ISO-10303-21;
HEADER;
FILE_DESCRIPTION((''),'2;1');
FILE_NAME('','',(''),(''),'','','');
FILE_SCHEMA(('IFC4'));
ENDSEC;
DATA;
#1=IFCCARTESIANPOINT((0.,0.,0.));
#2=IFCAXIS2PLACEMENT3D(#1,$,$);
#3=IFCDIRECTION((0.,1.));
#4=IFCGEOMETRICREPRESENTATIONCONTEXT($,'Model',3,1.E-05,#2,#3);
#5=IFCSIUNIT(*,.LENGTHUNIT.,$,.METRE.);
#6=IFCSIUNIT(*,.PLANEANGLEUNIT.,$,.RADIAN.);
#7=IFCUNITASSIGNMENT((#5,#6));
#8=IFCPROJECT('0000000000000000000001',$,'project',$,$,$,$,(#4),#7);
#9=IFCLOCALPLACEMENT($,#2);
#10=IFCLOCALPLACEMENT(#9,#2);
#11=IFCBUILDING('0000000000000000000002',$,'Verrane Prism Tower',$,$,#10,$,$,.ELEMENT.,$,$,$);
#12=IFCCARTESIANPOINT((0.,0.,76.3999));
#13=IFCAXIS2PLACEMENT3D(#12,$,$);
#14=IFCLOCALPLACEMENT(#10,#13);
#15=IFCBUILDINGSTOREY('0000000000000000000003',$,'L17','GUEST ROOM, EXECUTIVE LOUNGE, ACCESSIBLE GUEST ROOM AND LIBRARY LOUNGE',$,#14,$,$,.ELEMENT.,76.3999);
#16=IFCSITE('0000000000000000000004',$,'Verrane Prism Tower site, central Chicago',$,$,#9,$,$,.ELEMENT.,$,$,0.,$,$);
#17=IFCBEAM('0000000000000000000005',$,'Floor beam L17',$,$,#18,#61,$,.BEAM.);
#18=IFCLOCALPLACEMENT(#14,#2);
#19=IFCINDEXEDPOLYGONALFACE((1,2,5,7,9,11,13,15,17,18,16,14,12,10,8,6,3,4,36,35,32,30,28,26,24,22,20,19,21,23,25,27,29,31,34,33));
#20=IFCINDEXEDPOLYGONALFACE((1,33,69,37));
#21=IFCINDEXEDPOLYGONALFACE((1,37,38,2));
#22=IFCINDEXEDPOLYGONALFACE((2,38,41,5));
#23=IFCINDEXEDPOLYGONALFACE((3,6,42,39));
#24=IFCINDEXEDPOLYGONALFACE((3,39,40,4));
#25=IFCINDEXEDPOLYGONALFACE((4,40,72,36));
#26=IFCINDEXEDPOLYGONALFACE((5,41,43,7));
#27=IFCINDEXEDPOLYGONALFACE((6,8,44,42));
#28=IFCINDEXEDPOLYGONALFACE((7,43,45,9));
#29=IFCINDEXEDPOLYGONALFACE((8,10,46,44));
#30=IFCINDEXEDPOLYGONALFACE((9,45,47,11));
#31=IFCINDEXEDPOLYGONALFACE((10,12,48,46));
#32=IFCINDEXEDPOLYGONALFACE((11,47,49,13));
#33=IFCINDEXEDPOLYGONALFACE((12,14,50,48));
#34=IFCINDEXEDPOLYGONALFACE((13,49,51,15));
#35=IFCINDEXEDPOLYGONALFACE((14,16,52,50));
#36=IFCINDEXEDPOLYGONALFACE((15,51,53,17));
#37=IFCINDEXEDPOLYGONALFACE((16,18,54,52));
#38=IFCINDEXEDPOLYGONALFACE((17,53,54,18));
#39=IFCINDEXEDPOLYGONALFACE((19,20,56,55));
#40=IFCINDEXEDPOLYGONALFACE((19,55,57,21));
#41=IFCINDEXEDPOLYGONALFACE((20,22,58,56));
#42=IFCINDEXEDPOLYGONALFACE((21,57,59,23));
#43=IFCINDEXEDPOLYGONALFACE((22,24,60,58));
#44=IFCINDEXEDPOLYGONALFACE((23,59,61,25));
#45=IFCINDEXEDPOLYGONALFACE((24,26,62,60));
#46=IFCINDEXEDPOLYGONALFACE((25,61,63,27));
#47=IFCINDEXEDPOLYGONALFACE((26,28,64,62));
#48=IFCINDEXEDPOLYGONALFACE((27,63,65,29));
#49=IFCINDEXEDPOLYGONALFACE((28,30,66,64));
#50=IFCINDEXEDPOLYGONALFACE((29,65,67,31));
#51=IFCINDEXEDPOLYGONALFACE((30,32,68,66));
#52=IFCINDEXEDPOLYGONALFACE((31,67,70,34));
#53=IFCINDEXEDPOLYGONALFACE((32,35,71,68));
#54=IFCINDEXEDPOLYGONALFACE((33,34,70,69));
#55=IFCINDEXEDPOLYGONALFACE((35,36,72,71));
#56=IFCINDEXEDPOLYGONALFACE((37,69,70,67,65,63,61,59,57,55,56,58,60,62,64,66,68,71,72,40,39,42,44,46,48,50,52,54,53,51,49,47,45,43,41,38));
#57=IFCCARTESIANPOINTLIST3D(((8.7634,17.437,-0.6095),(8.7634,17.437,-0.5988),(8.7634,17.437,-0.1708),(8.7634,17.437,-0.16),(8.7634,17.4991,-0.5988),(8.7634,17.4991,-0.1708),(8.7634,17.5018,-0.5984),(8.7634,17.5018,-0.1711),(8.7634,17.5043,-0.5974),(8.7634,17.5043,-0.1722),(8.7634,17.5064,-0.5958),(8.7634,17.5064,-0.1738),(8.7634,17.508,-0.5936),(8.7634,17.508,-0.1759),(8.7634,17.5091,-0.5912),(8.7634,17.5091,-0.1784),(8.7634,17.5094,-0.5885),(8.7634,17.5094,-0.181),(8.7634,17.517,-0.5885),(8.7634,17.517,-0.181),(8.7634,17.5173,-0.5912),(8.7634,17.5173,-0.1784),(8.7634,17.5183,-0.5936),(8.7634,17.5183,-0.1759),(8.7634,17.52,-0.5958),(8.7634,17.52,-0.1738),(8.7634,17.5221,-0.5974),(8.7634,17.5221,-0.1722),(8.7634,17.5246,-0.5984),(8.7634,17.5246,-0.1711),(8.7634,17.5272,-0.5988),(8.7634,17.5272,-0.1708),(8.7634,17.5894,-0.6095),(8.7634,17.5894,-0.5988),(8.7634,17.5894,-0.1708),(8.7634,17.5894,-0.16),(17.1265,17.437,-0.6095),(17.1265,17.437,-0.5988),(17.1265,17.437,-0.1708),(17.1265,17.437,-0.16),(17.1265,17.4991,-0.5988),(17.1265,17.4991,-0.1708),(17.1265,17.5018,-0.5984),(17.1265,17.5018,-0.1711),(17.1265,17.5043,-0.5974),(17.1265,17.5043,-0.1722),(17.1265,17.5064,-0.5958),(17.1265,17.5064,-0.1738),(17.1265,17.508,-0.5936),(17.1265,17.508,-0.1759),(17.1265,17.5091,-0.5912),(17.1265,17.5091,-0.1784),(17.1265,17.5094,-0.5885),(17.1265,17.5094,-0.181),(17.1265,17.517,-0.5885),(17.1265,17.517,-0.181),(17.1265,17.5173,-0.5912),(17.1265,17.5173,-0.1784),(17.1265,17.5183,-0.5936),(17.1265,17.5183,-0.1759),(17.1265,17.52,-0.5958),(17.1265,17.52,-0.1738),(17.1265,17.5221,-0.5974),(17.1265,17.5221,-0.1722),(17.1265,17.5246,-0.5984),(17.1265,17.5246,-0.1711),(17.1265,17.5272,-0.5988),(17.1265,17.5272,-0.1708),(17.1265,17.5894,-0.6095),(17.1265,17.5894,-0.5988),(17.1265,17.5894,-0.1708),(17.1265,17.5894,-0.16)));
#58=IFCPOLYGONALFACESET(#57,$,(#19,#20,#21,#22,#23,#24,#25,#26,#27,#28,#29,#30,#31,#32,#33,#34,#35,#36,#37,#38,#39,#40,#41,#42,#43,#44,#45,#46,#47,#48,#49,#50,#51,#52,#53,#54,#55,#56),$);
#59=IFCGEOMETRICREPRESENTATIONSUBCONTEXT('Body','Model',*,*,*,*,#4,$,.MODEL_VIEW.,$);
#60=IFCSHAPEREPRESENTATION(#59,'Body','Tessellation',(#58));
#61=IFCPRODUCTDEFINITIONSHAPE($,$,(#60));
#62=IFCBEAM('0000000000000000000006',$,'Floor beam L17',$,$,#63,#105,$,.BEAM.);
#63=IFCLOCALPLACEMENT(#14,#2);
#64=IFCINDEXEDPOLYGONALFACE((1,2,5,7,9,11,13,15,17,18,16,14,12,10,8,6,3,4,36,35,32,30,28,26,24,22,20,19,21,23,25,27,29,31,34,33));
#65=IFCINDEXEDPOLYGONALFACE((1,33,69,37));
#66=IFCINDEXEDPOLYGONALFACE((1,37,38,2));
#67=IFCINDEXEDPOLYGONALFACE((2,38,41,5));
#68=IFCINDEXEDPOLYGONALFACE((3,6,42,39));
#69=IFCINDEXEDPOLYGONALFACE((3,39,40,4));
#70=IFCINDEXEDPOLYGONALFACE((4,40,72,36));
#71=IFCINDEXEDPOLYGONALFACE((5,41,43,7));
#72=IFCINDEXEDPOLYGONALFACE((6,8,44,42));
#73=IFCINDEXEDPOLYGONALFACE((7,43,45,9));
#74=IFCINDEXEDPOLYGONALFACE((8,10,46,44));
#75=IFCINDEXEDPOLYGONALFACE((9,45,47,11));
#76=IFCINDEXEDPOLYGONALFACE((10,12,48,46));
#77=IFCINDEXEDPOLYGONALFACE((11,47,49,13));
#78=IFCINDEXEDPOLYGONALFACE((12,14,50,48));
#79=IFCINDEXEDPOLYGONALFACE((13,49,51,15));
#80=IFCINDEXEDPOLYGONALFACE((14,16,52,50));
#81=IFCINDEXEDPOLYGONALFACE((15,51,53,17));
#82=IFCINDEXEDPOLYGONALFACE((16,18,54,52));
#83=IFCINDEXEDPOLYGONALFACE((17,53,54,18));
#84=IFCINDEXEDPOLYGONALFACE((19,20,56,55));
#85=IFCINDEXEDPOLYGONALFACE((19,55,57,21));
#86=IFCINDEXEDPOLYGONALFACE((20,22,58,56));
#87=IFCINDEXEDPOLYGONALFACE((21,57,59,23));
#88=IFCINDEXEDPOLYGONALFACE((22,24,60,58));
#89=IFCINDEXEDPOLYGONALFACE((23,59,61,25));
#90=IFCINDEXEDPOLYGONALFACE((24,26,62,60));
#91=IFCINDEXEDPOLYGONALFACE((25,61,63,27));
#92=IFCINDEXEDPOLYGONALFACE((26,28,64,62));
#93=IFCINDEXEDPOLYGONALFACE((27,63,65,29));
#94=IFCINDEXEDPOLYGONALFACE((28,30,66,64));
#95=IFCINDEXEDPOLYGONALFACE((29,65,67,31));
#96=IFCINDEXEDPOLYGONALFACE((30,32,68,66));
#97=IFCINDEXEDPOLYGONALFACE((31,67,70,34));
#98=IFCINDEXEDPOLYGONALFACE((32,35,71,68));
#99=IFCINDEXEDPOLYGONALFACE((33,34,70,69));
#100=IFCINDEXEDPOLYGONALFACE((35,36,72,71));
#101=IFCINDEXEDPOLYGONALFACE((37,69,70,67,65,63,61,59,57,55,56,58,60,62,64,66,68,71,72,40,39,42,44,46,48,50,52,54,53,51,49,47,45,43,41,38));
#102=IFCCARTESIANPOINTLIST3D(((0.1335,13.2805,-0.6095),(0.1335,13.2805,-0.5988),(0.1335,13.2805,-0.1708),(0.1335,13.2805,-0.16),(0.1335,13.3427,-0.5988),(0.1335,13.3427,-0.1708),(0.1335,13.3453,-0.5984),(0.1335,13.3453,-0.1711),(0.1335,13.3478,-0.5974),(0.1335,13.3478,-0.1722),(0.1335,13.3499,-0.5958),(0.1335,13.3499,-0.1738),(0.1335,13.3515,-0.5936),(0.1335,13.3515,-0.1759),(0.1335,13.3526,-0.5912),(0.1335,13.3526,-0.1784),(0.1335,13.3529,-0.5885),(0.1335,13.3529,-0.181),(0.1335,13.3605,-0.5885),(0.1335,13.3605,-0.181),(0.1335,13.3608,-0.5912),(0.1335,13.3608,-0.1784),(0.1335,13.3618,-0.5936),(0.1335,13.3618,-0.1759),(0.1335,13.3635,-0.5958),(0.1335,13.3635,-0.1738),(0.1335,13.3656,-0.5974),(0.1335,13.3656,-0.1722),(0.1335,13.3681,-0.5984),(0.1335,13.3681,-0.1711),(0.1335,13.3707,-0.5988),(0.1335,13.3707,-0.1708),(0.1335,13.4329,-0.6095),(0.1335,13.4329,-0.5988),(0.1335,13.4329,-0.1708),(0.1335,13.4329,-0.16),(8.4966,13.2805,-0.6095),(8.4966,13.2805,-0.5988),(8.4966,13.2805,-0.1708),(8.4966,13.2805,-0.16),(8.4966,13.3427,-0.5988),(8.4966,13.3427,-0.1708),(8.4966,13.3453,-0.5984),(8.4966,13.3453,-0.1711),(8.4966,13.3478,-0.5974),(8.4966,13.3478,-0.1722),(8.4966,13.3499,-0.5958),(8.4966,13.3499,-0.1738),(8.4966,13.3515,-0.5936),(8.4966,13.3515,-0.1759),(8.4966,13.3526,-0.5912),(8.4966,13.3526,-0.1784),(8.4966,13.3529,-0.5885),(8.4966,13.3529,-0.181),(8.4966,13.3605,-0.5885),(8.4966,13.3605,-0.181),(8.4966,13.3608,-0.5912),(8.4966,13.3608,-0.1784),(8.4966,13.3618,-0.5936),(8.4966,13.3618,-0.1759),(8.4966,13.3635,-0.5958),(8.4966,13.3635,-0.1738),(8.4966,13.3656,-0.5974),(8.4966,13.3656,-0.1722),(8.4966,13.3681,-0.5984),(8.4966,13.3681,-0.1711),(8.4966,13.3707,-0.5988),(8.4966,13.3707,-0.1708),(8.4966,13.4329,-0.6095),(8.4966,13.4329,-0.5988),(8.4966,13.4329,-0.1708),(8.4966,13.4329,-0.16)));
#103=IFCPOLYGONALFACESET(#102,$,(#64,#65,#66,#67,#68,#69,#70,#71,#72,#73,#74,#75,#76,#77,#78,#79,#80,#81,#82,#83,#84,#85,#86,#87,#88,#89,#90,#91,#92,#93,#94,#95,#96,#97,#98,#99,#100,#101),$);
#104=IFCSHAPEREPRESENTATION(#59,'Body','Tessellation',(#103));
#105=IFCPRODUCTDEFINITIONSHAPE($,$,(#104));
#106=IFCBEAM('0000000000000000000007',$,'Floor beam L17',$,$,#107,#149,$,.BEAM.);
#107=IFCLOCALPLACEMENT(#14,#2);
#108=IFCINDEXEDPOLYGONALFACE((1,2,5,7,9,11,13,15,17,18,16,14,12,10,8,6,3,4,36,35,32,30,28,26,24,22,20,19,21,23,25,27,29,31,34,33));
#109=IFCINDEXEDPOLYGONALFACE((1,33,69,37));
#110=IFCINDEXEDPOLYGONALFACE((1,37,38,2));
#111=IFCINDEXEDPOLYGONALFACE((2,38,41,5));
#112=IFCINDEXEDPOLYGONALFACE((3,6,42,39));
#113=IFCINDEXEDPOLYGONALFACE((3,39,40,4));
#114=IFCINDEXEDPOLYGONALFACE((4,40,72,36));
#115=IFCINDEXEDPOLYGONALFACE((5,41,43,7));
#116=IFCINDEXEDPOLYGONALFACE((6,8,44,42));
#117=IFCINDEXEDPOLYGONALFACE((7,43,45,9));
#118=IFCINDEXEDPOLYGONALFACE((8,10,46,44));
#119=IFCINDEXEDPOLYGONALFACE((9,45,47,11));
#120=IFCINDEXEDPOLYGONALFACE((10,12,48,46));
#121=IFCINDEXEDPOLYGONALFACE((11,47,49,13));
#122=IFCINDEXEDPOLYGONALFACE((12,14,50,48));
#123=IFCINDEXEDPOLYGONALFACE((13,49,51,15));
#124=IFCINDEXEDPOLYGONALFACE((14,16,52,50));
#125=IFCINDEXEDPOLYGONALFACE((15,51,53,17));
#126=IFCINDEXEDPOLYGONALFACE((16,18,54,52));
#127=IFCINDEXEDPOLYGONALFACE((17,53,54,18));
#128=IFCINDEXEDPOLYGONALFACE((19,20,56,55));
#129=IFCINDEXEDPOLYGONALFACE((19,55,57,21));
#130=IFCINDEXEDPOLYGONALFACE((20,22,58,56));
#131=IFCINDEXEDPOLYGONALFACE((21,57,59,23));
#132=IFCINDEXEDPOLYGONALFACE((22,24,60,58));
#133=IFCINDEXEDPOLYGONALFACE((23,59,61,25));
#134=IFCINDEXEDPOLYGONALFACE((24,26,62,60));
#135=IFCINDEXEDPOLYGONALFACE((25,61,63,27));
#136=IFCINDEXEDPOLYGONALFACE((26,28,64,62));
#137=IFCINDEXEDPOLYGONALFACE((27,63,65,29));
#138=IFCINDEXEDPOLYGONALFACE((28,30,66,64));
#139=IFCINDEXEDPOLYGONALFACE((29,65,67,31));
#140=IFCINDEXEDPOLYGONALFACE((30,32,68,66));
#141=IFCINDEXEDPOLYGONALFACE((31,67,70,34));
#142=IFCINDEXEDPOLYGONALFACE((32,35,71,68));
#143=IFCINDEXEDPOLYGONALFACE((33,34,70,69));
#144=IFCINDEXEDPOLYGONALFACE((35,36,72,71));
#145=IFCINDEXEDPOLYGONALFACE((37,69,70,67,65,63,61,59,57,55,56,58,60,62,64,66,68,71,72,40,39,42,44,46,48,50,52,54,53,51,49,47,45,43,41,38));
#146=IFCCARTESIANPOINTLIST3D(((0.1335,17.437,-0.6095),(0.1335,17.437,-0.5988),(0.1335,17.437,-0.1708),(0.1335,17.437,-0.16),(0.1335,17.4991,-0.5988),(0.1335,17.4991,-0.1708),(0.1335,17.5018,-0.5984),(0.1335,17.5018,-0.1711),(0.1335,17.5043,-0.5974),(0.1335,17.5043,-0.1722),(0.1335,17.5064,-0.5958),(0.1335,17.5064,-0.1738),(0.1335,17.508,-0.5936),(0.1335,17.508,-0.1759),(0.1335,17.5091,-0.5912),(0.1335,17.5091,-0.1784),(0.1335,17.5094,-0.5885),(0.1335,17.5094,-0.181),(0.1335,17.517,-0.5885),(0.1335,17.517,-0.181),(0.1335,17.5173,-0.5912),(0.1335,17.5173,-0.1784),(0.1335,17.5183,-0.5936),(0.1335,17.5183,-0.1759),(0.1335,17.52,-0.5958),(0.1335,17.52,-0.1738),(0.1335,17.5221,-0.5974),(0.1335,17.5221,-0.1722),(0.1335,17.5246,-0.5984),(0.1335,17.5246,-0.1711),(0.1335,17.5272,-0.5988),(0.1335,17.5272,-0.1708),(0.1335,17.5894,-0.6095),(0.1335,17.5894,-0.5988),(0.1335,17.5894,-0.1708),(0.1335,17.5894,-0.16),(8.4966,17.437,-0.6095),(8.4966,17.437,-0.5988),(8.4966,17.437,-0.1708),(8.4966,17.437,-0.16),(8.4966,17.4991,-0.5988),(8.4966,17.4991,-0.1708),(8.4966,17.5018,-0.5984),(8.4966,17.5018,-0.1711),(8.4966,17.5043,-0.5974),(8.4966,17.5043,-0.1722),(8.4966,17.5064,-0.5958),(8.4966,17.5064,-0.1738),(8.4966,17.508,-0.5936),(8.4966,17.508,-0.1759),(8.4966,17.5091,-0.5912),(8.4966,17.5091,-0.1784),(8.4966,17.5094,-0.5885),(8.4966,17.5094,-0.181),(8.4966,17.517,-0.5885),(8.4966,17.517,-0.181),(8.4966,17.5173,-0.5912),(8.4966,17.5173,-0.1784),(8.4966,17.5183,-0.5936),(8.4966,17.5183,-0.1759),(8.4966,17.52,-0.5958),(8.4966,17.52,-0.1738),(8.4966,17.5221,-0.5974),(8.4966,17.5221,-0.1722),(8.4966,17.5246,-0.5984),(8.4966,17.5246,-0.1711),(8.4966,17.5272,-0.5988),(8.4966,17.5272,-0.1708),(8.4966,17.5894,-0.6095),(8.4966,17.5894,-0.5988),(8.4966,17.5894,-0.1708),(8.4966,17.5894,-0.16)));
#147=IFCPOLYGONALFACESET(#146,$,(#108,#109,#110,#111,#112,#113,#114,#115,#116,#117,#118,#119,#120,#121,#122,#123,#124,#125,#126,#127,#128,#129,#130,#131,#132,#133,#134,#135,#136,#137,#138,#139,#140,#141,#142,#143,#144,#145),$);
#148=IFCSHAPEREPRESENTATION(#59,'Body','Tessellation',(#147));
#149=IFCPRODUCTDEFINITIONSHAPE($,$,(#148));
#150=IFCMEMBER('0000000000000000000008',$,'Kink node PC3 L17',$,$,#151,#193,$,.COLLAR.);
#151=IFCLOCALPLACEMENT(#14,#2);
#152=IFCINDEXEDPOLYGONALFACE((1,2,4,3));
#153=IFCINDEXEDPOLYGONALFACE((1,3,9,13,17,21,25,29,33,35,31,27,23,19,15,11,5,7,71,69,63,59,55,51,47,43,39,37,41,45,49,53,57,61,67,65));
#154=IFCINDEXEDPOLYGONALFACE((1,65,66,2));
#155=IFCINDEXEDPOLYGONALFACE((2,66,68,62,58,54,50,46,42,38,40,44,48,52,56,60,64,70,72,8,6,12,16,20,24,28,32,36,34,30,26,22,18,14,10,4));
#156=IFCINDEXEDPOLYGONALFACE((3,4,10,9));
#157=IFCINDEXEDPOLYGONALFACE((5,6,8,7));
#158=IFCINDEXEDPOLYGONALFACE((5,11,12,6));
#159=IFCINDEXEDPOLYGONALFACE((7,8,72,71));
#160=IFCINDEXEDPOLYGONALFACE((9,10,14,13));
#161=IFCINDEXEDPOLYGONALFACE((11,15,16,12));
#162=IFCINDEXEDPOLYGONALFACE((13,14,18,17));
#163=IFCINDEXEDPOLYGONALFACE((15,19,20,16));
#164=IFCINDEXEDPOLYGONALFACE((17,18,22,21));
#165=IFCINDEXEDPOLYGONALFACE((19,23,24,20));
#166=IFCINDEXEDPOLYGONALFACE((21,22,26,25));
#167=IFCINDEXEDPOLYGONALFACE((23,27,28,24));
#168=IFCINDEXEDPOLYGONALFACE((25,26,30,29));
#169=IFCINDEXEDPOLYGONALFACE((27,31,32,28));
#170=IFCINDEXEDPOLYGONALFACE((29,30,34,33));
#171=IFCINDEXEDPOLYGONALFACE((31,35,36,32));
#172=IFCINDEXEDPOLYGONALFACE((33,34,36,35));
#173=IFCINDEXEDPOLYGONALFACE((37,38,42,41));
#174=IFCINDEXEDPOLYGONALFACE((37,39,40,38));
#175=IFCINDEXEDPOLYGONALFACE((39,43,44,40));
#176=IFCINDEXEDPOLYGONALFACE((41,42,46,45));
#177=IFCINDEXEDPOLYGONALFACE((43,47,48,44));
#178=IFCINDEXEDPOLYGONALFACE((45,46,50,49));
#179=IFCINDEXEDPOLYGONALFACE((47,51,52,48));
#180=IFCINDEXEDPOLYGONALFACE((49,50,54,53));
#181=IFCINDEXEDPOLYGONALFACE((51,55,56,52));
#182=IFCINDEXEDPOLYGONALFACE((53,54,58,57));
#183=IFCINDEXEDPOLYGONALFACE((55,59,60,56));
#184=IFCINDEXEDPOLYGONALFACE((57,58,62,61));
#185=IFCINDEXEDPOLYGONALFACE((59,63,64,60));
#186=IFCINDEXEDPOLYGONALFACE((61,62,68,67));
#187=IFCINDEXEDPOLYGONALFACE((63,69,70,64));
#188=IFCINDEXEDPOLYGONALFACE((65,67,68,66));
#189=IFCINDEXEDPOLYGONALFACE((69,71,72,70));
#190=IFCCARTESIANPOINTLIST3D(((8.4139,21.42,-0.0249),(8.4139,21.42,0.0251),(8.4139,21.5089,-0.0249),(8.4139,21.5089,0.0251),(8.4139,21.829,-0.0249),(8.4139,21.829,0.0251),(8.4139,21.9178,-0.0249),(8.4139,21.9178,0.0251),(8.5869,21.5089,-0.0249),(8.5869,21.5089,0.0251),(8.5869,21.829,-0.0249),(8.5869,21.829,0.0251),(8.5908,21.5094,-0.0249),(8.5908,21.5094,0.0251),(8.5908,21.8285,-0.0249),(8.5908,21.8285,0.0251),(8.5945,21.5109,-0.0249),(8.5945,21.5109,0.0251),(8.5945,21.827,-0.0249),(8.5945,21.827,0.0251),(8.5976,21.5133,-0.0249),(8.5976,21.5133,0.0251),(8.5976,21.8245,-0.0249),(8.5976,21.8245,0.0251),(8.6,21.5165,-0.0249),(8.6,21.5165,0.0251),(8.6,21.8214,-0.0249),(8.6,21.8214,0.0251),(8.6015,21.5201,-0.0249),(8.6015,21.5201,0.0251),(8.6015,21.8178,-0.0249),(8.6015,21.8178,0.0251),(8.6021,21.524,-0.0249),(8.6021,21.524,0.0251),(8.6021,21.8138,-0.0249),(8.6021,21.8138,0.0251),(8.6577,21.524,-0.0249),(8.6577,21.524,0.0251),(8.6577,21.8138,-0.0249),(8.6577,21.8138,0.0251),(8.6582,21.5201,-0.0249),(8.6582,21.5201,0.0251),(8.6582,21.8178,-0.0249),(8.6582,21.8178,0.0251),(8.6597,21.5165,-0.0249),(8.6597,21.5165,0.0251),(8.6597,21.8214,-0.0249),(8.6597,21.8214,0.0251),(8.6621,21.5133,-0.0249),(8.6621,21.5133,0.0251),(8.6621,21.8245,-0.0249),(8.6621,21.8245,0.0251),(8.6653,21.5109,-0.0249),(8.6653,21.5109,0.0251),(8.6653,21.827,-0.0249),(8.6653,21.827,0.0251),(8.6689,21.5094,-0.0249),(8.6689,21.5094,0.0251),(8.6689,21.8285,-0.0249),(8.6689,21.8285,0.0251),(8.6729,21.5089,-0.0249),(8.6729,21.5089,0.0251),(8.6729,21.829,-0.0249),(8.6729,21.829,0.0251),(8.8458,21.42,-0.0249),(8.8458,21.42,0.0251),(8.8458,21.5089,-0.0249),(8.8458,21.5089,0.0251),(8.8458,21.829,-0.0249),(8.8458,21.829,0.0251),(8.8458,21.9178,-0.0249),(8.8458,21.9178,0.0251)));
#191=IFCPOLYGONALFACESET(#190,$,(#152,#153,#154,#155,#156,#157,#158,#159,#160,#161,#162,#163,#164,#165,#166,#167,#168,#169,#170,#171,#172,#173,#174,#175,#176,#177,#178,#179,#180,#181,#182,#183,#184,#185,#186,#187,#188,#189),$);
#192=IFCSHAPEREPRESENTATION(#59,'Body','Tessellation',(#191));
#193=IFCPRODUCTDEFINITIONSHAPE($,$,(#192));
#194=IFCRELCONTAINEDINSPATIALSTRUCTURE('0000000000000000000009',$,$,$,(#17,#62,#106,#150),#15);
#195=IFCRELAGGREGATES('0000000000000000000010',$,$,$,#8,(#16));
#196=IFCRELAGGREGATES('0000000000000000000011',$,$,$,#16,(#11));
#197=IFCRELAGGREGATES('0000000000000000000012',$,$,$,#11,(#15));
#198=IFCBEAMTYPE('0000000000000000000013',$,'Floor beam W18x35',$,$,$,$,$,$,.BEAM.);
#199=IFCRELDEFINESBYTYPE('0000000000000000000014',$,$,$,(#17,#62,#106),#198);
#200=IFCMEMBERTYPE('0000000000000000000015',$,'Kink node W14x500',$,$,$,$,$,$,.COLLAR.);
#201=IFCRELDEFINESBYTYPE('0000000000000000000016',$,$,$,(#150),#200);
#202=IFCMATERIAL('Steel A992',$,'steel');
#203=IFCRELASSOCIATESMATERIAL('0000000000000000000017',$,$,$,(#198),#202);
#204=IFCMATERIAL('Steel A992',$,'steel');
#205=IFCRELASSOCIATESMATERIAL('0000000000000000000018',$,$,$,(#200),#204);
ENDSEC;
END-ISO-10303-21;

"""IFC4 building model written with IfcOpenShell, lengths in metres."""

from ifc_helpers import new_model, si_unit, direction, frame, origin, origin_2d, place, context, subcontext, project, spatial, i_section, extrude, material, material_profile, profile_set, type_object, element, save


model = new_model("IFC4")

# Units and contexts
model_context = context("Model", 3, precision=1e-05, world=origin(), true_north=direction((0.0, 1.0)))
body_context = subcontext(model_context, "Body", "Model", "MODEL_VIEW")
ifc_project = project(units=[si_unit("LENGTHUNIT", "METRE"), si_unit("PLANEANGLEUNIT", "RADIAN")], contexts=[model_context])

# Site, building, storey
site_placement = place(None, origin())
site = spatial("IfcSite", under=ifc_project, at=site_placement, Name="Verrane Prism Tower site, central Chicago", CompositionType="ELEMENT", RefElevation=0.0)
building_placement = place(site_placement, origin())
building = spatial("IfcBuilding", under=site, at=building_placement, Name="Verrane Prism Tower", CompositionType="ELEMENT")
storey_placement = place(building_placement, frame((0.0, 0.0, 76.3999)))
storey = spatial("IfcBuildingStorey", under=building, at=storey_placement, Name="L17", Description="GUEST ROOM, EXECUTIVE LOUNGE, ACCESSIBLE GUEST ROOM AND LIBRARY LOUNGE", CompositionType="ELEMENT", Elevation=76.3999)

# Beams
ifc_material_1 = material(Name="Steel A992", Category="steel")
ifc_material_profile_1 = material_profile(ifc_material_1, i_section(OverallWidth=0.1523, OverallDepth=0.4495, WebThickness=0.0076, FlangeThickness=0.0107, FilletRadius=0.0103, at=origin_2d()), Name="W18x35")
ifc_profile_set_1 = profile_set([ifc_material_profile_1], Name="Steel A992")
beam_type_1 = type_object("IfcBeamType", Name="Floor beam W18x35", PredefinedType="BEAM", material=ifc_profile_set_1)
for number, where, z_axis, x_axis, name in (
    (1, (8.7634, 17.5132, -0.3848), (1.0, 0.0, 0.0), (0.0, 1.0, 0.0), "Floor beam L17"),
    (2, (0.1335, 13.3567, -0.3848), (1.0, 0.0, 0.0), (0.0, 1.0, 0.0), "Floor beam L17"),
    (3, (0.1335, 17.5132, -0.3848), (1.0, 0.0, 0.0), (0.0, 1.0, 0.0), "Floor beam L17"),
):
    element("IfcBeam", number, at=place(storey_placement, frame(where, z_axis=z_axis, x_axis=x_axis)), inside=storey, type_object=beam_type_1, Name=name, PredefinedType="BEAM", context=body_context, shape_type="SweptSolid", body=[
        extrude(i_section(OverallWidth=0.1523, OverallDepth=0.4495, WebThickness=0.0076, FlangeThickness=0.0107, FilletRadius=0.0103, at=origin_2d()), origin(), (0.0, 0.0, 1.0), 8.363),
    ])

# Member
ifc_material_2 = material(Name="Steel A992", Category="steel")
ifc_material_profile_2 = material_profile(ifc_material_2, i_section(OverallWidth=0.4319, OverallDepth=0.4978, WebThickness=0.0557, FlangeThickness=0.0889, FilletRadius=0.0151, at=origin_2d()), Name="W14x500")
ifc_profile_set_2 = profile_set([ifc_material_profile_2], Name="Steel A992")
member_type_1 = type_object("IfcMemberType", Name="Kink node W14x500", PredefinedType="COLLAR", material=ifc_profile_set_2)
member_1_placement = place(storey_placement, frame((8.6299, 21.6689, -0.0249), z_axis=(0.0, 0.0, 1.0), x_axis=(1.0, 0.0, 0.0)))
element("IfcMember", 4, at=member_1_placement, inside=storey, type_object=member_type_1, Name="Kink node PC3 L17", PredefinedType="COLLAR", context=body_context, shape_type="SweptSolid", body=[
    extrude(i_section(OverallWidth=0.4319, OverallDepth=0.4978, WebThickness=0.0557, FlangeThickness=0.0889, FilletRadius=0.0151, at=origin_2d()), origin(), (0.0, 0.0, 1.0), 0.05),
])

save(model, "model.ifc")
